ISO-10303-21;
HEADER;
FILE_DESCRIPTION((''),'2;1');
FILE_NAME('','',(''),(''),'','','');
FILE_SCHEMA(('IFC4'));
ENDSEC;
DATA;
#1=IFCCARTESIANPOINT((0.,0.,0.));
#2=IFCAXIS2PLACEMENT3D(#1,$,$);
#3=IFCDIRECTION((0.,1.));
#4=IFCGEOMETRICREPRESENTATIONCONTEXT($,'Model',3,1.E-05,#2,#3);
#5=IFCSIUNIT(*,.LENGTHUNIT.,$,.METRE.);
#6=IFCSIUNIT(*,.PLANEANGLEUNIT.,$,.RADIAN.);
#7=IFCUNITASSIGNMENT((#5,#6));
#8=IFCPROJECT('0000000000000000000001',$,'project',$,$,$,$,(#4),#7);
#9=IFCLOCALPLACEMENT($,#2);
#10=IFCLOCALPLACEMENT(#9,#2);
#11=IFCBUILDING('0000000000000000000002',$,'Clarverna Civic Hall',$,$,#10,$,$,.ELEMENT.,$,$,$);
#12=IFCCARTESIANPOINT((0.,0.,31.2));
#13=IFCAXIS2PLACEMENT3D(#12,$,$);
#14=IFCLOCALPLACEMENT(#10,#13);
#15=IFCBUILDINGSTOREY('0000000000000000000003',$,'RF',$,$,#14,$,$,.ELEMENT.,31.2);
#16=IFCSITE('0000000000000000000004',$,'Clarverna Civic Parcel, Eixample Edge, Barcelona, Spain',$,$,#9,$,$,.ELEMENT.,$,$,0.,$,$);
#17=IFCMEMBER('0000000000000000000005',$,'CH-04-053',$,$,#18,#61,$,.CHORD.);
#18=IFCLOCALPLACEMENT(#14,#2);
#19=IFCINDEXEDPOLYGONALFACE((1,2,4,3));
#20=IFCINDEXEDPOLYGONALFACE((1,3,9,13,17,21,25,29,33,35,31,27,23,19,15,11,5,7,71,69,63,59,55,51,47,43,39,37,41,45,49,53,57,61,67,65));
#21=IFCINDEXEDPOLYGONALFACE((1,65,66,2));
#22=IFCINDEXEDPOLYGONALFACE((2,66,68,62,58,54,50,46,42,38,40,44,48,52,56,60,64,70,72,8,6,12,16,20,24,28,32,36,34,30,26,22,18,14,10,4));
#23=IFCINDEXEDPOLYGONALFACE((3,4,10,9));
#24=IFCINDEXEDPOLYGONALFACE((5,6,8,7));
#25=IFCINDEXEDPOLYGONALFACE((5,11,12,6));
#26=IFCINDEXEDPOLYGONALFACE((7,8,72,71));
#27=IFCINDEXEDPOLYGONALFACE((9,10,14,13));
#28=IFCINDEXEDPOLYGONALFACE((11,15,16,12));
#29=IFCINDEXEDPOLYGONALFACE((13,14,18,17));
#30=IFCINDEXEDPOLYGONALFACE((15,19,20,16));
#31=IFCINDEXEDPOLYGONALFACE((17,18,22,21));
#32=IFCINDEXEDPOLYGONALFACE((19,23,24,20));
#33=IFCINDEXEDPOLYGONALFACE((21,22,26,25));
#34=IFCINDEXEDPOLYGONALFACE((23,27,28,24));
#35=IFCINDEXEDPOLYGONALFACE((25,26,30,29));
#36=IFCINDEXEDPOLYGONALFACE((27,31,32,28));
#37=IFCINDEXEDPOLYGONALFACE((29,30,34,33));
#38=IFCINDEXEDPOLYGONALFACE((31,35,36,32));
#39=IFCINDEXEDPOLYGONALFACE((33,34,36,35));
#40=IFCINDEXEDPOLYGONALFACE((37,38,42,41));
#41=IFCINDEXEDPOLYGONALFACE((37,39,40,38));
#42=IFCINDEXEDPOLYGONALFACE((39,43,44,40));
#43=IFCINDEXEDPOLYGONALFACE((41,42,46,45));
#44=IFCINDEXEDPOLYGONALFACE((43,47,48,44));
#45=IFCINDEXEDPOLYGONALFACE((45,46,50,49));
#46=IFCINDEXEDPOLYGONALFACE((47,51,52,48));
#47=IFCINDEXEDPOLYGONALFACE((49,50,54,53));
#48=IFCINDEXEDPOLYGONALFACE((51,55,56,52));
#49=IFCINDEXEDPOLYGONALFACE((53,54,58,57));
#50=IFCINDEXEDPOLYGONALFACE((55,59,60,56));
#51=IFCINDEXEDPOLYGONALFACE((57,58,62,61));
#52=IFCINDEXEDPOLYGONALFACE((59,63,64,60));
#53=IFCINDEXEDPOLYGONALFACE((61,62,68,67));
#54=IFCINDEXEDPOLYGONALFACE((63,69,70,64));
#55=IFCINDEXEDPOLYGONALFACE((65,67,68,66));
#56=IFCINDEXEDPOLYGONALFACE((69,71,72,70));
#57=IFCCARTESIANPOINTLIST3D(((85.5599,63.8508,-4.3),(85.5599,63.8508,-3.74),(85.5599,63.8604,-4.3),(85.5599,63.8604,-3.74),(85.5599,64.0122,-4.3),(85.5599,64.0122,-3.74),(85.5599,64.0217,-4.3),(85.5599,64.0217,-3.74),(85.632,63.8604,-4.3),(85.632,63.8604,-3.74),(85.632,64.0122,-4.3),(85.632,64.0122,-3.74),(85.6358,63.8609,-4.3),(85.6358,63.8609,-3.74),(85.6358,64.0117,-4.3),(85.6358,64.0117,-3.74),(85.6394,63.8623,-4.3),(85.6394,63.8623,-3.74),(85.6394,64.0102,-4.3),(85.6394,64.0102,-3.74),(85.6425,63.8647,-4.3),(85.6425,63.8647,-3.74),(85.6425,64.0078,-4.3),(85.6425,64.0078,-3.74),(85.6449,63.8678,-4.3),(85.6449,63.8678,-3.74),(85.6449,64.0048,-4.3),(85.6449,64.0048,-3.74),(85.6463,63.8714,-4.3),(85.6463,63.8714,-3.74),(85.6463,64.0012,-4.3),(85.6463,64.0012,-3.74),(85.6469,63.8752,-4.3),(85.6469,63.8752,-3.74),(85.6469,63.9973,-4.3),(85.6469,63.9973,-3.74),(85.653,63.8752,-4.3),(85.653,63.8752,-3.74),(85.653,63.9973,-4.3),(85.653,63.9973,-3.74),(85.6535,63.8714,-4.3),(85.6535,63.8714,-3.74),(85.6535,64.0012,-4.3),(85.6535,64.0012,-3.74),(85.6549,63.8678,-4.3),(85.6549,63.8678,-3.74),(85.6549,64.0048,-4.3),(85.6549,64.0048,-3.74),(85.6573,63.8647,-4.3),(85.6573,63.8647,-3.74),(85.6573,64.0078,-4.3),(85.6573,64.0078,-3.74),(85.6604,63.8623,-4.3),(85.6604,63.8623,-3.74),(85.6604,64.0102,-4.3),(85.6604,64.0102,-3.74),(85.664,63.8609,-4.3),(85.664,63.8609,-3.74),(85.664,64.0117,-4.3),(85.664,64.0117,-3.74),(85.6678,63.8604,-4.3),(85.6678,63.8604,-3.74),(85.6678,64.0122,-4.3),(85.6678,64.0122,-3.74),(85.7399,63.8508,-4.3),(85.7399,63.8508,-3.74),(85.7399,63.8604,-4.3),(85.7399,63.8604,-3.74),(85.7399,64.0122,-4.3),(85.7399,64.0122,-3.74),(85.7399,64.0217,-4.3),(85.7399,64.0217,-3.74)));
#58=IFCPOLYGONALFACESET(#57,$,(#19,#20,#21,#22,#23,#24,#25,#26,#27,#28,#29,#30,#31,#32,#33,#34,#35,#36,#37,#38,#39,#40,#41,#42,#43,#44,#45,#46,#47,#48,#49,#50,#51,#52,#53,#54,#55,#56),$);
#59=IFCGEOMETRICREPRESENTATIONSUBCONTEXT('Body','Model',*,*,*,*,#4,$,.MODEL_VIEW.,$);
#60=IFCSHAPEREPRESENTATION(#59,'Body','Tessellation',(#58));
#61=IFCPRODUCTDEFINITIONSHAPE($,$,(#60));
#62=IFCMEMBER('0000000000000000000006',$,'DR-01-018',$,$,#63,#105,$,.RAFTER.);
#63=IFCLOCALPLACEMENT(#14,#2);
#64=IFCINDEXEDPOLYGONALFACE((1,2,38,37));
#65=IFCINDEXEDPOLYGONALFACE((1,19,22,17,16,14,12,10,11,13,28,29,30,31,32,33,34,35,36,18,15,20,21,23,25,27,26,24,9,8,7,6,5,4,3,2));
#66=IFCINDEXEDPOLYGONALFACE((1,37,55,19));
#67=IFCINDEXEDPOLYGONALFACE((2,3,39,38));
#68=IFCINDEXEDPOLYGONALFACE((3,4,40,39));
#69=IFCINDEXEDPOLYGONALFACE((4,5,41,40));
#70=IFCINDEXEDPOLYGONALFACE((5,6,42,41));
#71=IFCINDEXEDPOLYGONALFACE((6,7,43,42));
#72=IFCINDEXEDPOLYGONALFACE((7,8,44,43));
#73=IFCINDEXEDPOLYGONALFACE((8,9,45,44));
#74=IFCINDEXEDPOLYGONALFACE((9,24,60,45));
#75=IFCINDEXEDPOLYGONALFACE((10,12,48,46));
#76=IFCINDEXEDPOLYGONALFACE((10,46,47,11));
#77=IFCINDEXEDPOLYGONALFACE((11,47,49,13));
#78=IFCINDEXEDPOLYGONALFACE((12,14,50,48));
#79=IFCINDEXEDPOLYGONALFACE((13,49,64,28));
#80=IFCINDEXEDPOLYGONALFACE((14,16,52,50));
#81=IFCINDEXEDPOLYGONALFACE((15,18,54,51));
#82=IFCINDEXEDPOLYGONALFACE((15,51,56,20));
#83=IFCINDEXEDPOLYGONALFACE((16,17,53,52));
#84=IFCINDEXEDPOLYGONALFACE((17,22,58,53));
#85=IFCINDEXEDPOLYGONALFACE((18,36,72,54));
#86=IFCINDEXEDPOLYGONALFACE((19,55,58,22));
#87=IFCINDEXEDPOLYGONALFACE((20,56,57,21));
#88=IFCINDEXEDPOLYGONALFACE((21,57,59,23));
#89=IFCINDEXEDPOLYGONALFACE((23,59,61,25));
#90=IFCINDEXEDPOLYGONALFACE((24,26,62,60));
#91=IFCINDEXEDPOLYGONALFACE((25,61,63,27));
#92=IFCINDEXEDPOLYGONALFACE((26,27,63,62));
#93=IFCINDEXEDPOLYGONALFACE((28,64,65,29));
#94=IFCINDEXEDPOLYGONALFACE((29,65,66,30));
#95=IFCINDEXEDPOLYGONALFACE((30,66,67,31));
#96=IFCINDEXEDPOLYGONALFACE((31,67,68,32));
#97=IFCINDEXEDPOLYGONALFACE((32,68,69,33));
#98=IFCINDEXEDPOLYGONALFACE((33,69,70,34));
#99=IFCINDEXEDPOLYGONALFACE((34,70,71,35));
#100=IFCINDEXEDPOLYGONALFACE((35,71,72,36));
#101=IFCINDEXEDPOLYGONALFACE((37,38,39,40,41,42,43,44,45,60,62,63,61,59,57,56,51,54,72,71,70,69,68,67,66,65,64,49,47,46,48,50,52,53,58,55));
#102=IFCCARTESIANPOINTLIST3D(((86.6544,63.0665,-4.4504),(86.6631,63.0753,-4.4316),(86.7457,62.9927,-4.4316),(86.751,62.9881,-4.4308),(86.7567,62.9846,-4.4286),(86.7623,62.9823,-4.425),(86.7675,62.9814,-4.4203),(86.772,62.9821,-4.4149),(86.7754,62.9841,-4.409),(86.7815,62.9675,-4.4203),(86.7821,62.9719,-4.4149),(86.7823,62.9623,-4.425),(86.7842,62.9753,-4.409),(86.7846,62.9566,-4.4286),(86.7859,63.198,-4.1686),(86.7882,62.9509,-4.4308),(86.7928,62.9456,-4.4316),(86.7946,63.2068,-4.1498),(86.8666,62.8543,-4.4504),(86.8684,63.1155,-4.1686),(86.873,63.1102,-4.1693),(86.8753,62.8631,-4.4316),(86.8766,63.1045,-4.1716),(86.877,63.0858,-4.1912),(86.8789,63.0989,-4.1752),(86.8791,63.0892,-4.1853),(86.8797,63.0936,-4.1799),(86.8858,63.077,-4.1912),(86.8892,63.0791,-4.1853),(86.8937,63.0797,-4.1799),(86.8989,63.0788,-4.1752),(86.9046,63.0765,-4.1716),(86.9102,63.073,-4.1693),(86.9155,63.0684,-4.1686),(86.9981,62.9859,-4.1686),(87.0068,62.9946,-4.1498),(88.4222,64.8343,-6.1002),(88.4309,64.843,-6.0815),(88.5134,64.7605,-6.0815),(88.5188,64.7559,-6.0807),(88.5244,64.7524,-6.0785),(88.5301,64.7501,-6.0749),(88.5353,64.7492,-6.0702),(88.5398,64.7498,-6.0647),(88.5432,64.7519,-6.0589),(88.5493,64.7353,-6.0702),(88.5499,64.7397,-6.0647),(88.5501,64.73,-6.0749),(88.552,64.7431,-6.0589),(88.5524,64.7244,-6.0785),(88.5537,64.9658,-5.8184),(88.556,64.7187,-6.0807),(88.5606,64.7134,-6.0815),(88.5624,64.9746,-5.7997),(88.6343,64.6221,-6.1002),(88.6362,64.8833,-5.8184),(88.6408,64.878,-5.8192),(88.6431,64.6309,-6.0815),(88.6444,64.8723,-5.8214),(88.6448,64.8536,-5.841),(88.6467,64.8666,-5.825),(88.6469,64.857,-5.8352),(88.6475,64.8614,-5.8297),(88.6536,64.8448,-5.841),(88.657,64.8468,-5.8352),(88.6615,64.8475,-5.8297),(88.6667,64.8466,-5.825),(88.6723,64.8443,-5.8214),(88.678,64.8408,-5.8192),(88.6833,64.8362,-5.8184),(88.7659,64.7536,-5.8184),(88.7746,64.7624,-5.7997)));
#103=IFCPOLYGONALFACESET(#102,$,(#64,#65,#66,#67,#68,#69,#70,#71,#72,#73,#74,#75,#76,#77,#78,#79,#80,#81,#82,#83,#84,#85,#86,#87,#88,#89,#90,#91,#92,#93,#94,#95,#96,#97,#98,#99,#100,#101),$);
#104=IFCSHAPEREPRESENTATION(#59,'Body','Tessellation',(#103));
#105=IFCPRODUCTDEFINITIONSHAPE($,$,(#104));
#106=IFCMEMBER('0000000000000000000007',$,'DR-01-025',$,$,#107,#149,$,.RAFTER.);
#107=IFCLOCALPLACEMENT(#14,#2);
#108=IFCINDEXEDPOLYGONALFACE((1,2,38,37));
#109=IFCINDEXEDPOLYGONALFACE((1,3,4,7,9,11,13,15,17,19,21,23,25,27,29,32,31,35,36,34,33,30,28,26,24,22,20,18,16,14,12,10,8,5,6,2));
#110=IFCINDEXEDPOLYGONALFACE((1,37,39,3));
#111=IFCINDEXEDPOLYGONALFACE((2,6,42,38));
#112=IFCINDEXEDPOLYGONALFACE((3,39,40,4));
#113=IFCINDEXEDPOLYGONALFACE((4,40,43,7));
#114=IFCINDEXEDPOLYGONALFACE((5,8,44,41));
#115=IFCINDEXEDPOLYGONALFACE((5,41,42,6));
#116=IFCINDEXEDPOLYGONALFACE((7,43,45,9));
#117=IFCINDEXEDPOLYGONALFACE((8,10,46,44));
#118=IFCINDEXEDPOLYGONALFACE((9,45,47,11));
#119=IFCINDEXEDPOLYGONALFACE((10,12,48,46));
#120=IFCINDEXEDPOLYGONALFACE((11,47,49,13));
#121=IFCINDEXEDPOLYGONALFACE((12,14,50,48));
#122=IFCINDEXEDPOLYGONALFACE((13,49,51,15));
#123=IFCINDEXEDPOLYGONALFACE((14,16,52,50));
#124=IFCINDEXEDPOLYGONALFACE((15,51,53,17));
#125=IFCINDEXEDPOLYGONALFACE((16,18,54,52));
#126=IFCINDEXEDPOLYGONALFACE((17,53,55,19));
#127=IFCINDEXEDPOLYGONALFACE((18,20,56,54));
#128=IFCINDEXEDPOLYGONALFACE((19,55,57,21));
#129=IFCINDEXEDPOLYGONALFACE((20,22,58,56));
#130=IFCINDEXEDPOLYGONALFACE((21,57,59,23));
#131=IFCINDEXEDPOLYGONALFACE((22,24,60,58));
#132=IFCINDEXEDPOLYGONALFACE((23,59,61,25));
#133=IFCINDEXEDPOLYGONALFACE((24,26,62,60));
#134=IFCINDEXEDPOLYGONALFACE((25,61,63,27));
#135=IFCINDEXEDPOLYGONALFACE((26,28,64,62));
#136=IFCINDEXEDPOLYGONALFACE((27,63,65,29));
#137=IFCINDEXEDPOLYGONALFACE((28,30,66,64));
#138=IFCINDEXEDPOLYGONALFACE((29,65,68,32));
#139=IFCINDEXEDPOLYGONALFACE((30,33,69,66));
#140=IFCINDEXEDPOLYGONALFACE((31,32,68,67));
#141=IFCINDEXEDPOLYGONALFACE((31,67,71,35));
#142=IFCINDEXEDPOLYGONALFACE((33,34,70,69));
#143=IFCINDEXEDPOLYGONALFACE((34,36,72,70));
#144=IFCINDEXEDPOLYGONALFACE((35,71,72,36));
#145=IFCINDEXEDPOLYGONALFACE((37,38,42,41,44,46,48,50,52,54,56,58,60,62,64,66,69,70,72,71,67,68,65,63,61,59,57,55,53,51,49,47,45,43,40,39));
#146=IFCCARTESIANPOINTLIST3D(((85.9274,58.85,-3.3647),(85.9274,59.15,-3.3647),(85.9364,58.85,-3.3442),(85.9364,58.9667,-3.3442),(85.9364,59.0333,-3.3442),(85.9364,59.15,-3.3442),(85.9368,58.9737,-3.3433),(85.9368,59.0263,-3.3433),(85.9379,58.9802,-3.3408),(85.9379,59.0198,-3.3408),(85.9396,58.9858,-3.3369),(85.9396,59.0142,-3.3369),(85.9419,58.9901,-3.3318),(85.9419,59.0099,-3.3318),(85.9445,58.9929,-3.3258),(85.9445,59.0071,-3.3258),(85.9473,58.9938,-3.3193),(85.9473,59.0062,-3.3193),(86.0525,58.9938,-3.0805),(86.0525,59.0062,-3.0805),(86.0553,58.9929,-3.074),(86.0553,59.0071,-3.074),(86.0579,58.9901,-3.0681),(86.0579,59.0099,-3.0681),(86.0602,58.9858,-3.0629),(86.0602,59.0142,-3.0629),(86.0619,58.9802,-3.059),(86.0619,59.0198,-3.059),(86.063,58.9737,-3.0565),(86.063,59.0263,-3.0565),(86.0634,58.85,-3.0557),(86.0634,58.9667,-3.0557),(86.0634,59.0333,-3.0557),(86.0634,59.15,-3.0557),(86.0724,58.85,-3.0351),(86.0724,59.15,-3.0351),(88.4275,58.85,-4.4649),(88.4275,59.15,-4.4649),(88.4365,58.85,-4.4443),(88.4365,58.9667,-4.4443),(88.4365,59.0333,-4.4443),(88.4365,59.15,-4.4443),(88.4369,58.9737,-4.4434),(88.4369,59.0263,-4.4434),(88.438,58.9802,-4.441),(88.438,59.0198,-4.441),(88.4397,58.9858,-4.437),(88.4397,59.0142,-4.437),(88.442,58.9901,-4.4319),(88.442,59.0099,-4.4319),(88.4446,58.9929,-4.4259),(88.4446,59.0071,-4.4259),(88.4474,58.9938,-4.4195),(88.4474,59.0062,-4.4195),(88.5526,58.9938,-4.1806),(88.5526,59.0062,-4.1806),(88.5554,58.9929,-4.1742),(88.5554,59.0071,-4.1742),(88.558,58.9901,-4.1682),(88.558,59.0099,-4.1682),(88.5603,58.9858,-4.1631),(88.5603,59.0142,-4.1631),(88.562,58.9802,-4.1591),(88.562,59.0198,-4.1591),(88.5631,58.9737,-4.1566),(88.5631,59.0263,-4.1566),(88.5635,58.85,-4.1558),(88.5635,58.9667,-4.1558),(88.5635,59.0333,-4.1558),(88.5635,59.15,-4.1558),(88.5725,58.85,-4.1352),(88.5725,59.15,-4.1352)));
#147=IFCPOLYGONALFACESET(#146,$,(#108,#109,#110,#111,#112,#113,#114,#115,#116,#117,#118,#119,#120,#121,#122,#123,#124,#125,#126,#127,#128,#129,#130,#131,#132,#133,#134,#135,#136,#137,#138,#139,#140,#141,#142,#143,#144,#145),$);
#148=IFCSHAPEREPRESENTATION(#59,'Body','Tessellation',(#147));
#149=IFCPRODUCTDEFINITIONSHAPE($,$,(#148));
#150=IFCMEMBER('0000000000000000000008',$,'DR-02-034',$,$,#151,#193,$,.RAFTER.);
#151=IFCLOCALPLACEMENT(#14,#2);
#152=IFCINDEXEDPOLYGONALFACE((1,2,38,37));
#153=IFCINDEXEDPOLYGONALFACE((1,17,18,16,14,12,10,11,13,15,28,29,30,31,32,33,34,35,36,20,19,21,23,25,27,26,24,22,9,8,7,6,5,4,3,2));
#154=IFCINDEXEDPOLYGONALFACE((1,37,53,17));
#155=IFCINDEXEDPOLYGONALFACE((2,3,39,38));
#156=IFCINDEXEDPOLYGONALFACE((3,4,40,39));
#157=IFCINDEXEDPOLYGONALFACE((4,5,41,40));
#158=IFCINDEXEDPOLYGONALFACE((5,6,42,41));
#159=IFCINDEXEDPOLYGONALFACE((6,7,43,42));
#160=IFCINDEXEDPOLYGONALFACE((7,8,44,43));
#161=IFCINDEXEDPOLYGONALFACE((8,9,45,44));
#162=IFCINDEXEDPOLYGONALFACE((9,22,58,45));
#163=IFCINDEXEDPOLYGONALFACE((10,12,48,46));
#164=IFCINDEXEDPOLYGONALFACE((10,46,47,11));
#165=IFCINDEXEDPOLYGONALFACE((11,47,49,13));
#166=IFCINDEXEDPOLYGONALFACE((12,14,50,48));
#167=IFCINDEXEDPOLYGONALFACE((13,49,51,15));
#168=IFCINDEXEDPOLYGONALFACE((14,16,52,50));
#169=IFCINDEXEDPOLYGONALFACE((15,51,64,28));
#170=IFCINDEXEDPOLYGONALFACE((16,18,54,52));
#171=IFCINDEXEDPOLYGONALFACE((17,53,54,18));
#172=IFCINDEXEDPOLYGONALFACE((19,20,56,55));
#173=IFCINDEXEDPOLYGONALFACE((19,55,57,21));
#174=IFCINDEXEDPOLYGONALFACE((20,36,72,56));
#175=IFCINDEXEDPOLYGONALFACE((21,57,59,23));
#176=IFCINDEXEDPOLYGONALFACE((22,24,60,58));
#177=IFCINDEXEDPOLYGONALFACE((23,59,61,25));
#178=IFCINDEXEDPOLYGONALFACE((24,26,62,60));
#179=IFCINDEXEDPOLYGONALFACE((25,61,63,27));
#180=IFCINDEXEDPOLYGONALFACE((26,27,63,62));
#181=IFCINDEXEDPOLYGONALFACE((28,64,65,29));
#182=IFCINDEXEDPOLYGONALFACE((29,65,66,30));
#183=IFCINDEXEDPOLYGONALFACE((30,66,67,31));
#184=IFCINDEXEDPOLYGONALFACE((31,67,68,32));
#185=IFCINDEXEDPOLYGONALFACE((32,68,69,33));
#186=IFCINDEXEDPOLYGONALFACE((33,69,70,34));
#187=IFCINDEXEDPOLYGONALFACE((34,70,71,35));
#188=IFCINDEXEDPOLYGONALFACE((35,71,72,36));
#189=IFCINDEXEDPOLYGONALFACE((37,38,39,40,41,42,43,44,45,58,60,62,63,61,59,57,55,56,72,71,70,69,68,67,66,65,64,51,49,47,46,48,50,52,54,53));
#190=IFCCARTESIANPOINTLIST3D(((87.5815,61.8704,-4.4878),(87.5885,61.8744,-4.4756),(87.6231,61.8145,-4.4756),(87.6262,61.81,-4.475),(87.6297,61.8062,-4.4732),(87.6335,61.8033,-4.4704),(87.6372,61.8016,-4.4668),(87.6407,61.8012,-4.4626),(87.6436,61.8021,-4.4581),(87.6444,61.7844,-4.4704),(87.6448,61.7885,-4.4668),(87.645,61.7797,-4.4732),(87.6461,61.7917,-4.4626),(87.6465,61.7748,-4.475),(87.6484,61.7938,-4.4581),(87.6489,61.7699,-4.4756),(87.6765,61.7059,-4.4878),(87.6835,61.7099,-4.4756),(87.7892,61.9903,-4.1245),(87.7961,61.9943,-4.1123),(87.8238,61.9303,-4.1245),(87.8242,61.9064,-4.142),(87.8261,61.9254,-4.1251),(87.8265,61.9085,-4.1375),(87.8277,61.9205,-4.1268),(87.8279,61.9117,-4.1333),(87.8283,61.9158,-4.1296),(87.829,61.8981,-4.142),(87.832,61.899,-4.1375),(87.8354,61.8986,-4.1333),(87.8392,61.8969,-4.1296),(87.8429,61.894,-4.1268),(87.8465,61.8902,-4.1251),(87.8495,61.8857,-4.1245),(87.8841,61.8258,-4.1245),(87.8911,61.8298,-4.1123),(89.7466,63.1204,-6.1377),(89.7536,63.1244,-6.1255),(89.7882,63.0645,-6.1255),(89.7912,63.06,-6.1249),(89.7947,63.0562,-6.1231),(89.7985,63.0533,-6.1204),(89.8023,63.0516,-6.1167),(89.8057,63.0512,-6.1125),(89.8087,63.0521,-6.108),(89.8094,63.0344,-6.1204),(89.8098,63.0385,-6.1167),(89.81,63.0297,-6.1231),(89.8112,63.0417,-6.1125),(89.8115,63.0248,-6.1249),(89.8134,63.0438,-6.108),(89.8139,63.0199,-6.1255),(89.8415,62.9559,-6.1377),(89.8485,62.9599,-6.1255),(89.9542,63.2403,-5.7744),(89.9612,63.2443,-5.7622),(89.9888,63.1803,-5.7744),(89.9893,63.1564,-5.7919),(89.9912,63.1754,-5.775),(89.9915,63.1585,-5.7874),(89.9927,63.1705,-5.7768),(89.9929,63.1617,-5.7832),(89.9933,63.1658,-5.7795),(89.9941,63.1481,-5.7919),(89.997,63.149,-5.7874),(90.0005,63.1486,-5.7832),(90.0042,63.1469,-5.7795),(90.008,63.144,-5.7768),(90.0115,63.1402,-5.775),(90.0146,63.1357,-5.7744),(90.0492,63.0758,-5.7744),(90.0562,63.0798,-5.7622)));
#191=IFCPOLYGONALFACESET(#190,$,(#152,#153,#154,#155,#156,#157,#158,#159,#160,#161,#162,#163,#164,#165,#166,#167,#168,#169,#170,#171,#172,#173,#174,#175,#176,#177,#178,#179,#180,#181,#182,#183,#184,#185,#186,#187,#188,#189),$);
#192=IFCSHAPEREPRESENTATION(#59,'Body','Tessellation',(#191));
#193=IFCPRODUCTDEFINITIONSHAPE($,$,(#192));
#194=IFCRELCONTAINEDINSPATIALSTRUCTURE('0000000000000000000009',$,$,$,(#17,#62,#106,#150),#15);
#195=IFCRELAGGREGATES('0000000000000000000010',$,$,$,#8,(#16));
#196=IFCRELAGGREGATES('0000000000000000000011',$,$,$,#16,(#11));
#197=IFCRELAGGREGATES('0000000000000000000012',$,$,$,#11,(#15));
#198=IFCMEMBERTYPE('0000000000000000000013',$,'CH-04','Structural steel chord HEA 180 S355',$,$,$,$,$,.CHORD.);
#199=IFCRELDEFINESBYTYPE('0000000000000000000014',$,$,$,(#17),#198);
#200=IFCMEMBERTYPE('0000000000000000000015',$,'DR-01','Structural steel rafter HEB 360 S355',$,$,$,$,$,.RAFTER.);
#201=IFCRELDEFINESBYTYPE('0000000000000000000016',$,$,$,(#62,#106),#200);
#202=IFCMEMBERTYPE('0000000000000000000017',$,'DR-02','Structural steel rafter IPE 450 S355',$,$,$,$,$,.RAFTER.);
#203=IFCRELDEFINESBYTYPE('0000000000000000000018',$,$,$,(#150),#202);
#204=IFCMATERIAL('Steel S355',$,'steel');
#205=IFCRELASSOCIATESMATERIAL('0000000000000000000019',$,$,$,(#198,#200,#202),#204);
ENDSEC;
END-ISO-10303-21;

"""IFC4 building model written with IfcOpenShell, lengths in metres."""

from ifc_helpers import new_model, si_unit, direction, frame, origin, origin_2d, place, context, subcontext, project, spatial, i_section, extrude, material, material_profile, profile_set, type_object, element, save


model = new_model("IFC4")

# Units and contexts
model_context = context("Model", 3, precision=1e-05, world=origin(), true_north=direction((0.0, 1.0)))
body_context = subcontext(model_context, "Body", "Model", "MODEL_VIEW")
ifc_project = project(units=[si_unit("LENGTHUNIT", "METRE"), si_unit("PLANEANGLEUNIT", "RADIAN")], contexts=[model_context])

# Site, building, storey
site_placement = place(None, origin())
site = spatial("IfcSite", under=ifc_project, at=site_placement, Name="Clarverna Civic Parcel, Eixample Edge, Barcelona, Spain", CompositionType="ELEMENT", RefElevation=0.0)
building_placement = place(site_placement, origin())
building = spatial("IfcBuilding", under=site, at=building_placement, Name="Clarverna Civic Hall", CompositionType="ELEMENT")
storey_placement = place(building_placement, frame((0.0, 0.0, 31.2)))
storey = spatial("IfcBuildingStorey", under=building, at=storey_placement, Name="RF", CompositionType="ELEMENT", Elevation=31.2)

# Members
ifc_material_1 = material(Name="Steel S355", Category="steel")
ifc_material_profile_1 = material_profile(ifc_material_1, i_section(OverallWidth=0.1799, OverallDepth=0.1709, WebThickness=0.0061, FlangeThickness=0.0095, FilletRadius=0.0149, at=origin_2d()), Name="HEA 180")
ifc_profile_set_1 = profile_set([ifc_material_profile_1], Name="Steel S355")
member_type_1 = type_object("IfcMemberType", Name="CH-04", Description="Structural steel chord HEA 180 S355", PredefinedType="CHORD", material=ifc_profile_set_1)
for number, where, z_axis, x_axis, name in (
    (1, (85.6499, 63.9363, -4.3), (0.0, 0.0, 1.0), (1.0, 0.0, 0.0), "CH-04-053"),
):
    element("IfcMember", number, at=place(storey_placement, frame(where, z_axis=z_axis, x_axis=x_axis)), inside=storey, type_object=member_type_1, Name=name, PredefinedType="CHORD", context=body_context, shape_type="SweptSolid", body=[
        extrude(i_section(OverallWidth=0.1799, OverallDepth=0.1709, WebThickness=0.0061, FlangeThickness=0.0095, FilletRadius=0.0149, at=origin_2d()), origin(), (0.0, 0.0, 1.0), 0.5601),
    ])
ifc_material_profile_2 = material_profile(ifc_material_1, i_section(OverallWidth=0.3, OverallDepth=0.3601, WebThickness=0.0125, FlangeThickness=0.0225, FilletRadius=0.0271, at=origin_2d()), Name="HEB 360")
ifc_profile_set_2 = profile_set([ifc_material_profile_2], Name="Steel S355")
member_type_2 = type_object("IfcMemberType", Name="DR-01", Description="Structural steel rafter HEB 360 S355", PredefinedType="RAFTER", material=ifc_profile_set_2)
member_1_placement = place(storey_placement, frame((88.5984, 64.7983, -5.95), z_axis=(-0.590174, -0.590174, 0.550807), x_axis=(0.707107, -0.707107, 0.0)))
element("IfcMember", 2, at=member_1_placement, inside=storey, type_object=member_type_2, Name="DR-01-018", PredefinedType="RAFTER", context=body_context, shape_type="SweptSolid", body=[
    extrude(i_section(OverallWidth=0.3, OverallDepth=0.3601, WebThickness=0.0125, FlangeThickness=0.0225, FilletRadius=0.0271, at=origin_2d()), origin(), (0.0, 0.0, 1.0), 2.9954),
])
member_2_placement = place(storey_placement, frame((88.5, 59.0, -4.3), z_axis=(-0.915302, 0.0, 0.402769), x_axis=(0.0, -1.0, 0.0)))
element("IfcMember", 3, at=member_2_placement, inside=storey, type_object=member_type_2, Name="DR-01-025", PredefinedType="RAFTER", context=body_context, shape_type="SweptSolid", body=[
    extrude(i_section(OverallWidth=0.3, OverallDepth=0.3601, WebThickness=0.0125, FlangeThickness=0.0225, FilletRadius=0.0271, at=origin_2d()), origin(), (0.0, 0.0, 1.0), 2.7314),
])
ifc_material_profile_3 = material_profile(ifc_material_1, i_section(OverallWidth=0.1899, OverallDepth=0.45, WebThickness=0.0095, FlangeThickness=0.0146, FilletRadius=0.021, at=origin_2d()), Name="IPE 450")
ifc_profile_set_3 = profile_set([ifc_material_profile_3], Name="Steel S355")
member_type_3 = type_object("IfcMemberType", Name="DR-02", Description="Structural steel rafter IPE 450 S355", PredefinedType="RAFTER", material=ifc_profile_set_3)
member_3_placement = place(storey_placement, frame((89.9014, 63.1001, -5.95), z_axis=(-0.722802, -0.417315, 0.550823), x_axis=(0.500004, -0.866023, 0.0)))
element("IfcMember", 4, at=member_3_placement, inside=storey, type_object=member_type_3, Name="DR-02-034", PredefinedType="RAFTER", context=body_context, shape_type="SweptSolid", body=[
    extrude(i_section(OverallWidth=0.1899, OverallDepth=0.45, WebThickness=0.0095, FlangeThickness=0.0146, FilletRadius=0.021, at=origin_2d()), origin(), (0.0, 0.0, 1.0), 2.9954),
])

save(model, "model.ifc")
